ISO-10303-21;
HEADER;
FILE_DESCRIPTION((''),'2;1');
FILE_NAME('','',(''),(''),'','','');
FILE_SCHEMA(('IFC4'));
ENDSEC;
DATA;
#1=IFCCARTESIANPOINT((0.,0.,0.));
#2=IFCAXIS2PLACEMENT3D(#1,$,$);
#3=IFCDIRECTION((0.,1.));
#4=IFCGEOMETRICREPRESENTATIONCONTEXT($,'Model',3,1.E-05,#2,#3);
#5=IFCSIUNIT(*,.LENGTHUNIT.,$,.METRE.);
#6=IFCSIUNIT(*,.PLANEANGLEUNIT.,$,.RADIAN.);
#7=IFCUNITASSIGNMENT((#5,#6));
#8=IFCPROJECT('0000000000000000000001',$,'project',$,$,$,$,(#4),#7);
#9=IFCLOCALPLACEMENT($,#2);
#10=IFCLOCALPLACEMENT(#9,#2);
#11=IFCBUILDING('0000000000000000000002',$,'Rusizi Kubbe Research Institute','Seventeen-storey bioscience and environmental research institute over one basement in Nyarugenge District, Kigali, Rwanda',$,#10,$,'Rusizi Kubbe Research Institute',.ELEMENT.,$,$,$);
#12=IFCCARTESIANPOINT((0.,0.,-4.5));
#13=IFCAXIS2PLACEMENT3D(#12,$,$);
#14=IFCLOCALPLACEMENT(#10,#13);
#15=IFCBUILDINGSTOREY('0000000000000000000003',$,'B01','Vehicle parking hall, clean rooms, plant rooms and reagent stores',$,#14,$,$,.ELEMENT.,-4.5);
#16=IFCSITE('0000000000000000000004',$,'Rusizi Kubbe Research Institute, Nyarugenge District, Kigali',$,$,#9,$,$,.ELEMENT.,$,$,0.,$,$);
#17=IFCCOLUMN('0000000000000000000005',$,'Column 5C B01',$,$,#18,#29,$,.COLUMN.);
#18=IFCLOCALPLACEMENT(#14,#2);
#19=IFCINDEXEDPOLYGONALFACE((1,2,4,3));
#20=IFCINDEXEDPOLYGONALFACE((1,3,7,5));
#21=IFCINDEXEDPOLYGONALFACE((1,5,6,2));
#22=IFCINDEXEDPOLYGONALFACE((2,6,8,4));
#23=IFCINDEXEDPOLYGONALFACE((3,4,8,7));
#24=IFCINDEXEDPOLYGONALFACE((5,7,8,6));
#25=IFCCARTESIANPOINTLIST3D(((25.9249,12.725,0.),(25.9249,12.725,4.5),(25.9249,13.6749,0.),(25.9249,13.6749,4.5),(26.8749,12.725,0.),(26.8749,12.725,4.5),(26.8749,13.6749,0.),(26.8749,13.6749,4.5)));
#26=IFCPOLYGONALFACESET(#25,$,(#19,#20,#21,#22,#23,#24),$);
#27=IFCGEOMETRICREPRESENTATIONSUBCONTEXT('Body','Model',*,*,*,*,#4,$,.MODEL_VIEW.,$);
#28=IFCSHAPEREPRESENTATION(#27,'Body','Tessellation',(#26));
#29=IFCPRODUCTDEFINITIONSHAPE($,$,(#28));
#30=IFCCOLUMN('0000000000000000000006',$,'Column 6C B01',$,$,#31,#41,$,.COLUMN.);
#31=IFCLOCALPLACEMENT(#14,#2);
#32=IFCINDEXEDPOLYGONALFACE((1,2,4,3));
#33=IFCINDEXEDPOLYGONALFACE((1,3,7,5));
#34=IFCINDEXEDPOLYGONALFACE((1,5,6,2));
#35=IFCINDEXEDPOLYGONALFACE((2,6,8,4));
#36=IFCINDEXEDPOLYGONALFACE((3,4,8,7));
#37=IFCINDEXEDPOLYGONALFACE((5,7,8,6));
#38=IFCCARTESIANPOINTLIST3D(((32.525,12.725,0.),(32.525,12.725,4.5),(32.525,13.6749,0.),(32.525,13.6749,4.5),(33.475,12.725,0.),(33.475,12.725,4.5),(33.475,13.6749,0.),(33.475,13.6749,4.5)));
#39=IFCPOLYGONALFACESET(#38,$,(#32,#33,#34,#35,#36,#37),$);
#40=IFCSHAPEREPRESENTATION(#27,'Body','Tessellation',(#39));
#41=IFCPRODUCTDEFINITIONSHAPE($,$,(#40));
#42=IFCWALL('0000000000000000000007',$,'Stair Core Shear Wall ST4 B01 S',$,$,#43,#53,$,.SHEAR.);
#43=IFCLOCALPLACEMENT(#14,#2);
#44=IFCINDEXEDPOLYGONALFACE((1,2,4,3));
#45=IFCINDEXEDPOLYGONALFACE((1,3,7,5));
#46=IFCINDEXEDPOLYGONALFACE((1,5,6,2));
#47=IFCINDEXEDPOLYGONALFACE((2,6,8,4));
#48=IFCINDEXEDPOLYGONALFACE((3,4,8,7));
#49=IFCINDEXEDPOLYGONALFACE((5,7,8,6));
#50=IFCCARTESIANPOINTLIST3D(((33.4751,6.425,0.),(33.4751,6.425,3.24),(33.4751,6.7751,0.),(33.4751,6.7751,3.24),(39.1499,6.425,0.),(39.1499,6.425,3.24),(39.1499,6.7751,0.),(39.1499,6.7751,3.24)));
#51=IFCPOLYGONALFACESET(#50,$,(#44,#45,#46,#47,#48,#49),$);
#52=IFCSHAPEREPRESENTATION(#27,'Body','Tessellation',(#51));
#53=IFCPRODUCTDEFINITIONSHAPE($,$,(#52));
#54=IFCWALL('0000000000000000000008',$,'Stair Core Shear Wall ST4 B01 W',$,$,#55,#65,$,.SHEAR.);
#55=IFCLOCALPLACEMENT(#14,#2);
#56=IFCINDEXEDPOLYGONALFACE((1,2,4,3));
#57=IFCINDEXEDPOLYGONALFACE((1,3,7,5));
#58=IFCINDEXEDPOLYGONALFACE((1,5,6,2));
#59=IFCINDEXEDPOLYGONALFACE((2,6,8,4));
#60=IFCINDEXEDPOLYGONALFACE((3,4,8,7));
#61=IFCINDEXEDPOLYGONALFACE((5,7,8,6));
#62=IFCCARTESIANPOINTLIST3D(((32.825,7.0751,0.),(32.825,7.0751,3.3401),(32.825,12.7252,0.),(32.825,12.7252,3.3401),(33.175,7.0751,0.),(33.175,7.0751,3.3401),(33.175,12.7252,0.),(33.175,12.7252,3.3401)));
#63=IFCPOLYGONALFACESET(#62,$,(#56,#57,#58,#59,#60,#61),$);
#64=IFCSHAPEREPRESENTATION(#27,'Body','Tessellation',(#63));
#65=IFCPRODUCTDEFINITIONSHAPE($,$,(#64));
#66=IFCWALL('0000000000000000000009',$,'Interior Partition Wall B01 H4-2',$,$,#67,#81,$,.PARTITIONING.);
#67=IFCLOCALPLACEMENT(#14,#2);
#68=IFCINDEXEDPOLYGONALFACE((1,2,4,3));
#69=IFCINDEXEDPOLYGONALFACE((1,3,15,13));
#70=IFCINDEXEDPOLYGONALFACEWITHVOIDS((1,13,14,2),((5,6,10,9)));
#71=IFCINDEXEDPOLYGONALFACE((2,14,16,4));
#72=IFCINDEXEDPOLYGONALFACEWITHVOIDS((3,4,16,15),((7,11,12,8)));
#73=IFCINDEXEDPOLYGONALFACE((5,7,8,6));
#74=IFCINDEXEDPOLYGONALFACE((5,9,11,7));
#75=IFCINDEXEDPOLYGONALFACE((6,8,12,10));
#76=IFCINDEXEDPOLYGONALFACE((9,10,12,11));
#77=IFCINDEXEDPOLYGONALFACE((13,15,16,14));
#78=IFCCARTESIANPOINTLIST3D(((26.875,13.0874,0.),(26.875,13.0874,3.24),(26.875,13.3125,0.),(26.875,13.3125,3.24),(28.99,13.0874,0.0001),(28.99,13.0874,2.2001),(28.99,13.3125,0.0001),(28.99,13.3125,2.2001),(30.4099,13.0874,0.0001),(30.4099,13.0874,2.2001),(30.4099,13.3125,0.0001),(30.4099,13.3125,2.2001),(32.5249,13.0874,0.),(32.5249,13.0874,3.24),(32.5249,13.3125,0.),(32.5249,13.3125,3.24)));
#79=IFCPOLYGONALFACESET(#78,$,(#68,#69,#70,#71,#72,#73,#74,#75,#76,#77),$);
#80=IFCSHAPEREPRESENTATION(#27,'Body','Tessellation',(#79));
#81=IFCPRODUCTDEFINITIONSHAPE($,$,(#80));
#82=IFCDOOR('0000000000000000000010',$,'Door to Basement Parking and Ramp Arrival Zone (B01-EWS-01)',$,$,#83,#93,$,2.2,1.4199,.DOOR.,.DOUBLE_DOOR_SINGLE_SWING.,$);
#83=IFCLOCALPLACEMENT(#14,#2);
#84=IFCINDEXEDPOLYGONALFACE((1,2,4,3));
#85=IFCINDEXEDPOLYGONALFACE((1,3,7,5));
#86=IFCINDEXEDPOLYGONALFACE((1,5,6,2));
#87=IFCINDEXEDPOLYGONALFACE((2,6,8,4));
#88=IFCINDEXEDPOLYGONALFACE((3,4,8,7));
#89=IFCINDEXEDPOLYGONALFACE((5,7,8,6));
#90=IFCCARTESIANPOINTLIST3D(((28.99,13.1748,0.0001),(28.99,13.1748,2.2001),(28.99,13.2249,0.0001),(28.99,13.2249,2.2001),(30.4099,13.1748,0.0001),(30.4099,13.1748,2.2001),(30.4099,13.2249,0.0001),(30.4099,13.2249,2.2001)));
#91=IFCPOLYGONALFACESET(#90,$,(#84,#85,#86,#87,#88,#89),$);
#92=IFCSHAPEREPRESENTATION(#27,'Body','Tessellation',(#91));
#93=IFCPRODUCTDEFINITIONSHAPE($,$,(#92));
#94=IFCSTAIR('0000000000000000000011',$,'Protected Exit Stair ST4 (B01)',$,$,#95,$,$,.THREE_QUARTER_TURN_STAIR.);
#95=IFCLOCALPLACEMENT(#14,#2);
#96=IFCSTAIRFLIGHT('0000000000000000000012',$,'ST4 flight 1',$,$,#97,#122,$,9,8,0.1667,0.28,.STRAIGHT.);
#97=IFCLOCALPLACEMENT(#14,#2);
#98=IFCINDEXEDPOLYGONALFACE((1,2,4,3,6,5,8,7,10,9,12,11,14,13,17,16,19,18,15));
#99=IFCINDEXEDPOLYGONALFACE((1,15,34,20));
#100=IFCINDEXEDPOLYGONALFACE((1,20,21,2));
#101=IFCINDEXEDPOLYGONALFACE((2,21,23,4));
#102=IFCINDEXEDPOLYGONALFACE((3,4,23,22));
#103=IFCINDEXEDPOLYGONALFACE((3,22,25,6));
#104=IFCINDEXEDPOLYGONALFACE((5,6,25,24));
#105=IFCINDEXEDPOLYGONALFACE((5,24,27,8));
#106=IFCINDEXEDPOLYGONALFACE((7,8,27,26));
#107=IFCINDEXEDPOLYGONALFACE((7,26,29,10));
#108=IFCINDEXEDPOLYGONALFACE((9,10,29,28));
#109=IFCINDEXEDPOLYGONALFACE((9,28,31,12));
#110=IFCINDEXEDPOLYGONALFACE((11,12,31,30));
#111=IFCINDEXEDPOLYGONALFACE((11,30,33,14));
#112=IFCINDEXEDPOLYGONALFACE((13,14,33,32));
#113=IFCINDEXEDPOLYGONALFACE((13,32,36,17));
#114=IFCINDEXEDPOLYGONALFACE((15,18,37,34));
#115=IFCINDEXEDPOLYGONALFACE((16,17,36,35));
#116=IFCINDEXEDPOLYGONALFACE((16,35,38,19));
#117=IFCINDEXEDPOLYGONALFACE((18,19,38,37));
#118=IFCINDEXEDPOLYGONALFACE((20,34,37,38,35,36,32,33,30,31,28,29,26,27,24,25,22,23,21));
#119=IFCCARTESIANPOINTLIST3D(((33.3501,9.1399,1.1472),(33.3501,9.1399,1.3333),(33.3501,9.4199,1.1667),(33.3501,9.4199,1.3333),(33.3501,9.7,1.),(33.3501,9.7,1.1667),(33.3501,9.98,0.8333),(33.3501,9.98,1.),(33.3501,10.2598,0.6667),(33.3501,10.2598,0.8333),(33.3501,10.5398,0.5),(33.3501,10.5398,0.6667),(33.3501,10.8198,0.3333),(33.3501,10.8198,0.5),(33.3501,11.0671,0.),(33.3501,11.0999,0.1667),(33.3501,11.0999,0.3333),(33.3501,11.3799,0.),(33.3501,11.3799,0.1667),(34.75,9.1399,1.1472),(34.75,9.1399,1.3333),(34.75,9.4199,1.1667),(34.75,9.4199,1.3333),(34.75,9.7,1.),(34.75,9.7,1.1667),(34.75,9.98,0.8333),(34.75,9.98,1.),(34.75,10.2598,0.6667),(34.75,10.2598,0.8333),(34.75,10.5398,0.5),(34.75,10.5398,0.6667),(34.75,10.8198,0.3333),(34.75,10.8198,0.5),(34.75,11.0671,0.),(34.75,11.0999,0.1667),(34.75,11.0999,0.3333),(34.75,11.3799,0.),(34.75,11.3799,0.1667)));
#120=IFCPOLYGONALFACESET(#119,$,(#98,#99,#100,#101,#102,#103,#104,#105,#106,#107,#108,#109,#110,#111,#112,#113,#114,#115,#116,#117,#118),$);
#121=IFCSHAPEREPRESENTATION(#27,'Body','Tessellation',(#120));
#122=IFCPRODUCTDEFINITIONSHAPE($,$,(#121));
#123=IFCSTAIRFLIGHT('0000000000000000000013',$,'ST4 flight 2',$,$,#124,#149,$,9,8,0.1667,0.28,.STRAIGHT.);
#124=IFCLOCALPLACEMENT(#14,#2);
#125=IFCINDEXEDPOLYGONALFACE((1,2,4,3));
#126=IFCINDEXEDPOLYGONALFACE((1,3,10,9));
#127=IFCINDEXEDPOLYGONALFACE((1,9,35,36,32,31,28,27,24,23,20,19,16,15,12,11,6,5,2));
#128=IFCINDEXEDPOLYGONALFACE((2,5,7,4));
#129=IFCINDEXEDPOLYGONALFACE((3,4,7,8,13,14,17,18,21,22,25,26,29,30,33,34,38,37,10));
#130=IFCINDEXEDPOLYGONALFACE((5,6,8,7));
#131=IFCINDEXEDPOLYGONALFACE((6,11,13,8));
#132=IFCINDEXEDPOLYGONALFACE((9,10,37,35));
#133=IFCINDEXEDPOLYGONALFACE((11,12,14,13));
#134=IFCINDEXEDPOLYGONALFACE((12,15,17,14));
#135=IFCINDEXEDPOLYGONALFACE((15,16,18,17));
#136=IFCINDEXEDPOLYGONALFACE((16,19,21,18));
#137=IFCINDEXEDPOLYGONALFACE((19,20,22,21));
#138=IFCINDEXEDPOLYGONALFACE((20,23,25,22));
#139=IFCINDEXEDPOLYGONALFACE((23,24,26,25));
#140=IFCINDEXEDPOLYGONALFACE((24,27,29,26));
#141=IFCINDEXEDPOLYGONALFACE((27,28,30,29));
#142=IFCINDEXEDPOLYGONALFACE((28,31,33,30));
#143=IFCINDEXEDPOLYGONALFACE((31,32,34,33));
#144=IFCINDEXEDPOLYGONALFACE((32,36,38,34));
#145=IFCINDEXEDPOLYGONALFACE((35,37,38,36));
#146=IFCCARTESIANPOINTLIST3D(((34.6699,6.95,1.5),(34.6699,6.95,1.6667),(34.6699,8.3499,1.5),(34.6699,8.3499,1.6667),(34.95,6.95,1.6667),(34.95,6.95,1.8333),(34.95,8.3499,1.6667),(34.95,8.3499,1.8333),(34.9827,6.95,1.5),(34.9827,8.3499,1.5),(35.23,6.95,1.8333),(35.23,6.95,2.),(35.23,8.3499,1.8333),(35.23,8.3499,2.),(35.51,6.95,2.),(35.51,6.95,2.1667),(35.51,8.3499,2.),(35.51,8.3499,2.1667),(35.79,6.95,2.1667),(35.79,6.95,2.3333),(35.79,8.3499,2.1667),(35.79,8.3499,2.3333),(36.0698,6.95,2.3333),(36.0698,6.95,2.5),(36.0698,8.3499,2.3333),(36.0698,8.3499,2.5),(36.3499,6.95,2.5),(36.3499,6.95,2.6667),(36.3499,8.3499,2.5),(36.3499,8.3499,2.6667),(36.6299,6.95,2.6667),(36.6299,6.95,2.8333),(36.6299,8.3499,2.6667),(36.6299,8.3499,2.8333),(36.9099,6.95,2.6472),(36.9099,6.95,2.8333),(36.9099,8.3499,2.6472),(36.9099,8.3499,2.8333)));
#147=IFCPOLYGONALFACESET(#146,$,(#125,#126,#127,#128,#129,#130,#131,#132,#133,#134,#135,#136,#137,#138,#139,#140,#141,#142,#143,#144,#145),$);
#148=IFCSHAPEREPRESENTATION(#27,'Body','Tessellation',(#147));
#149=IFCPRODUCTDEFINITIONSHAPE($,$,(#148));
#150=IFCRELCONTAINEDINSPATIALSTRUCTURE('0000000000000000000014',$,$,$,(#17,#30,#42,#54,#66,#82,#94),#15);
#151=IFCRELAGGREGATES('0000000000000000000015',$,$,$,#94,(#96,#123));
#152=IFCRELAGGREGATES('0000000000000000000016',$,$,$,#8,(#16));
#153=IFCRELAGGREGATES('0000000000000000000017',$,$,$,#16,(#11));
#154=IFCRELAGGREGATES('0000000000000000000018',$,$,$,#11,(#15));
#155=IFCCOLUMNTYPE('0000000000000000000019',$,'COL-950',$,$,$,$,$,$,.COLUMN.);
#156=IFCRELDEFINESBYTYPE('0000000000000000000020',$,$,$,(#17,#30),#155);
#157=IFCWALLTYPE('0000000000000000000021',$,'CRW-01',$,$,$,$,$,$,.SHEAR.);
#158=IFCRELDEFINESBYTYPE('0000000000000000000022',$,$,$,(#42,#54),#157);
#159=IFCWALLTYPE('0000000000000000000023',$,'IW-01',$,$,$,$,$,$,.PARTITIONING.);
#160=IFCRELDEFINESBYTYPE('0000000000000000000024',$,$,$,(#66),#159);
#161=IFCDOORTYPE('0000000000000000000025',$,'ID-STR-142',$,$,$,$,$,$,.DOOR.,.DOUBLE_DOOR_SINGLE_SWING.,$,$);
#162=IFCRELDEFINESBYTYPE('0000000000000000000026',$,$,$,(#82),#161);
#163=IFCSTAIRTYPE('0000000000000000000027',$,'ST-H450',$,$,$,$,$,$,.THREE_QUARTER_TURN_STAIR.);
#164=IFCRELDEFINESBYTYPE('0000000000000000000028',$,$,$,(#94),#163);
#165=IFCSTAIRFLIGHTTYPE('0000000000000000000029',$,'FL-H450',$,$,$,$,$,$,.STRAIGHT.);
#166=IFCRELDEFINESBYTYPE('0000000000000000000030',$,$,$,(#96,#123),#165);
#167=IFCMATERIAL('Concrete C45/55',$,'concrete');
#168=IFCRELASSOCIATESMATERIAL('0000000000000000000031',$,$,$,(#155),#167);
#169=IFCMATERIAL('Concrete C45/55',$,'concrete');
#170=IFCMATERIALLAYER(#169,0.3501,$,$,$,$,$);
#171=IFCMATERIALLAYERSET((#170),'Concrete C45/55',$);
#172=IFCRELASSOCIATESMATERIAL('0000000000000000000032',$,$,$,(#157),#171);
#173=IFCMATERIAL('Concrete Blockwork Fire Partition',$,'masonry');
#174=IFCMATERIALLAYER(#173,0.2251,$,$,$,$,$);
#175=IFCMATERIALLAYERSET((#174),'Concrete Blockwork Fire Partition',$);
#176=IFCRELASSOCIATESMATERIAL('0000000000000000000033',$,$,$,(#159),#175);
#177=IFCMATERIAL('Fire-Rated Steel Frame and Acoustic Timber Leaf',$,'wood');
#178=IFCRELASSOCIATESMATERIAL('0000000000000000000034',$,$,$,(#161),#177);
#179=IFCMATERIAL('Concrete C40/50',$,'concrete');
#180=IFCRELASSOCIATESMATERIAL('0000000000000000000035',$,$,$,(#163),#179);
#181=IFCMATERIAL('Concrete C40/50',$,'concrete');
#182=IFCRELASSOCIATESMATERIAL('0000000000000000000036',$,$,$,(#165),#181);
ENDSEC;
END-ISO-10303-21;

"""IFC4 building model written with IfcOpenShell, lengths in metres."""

from ifc_helpers import new_model, si_unit, direction, frame, frame_2d, origin, origin_2d, place, context, subcontext, project, spatial, polyline, rectangle, outline, extrude, material, layer, layer_set, material_profile, profile_set, type_object, element, fill, aggregate, save


model = new_model("IFC4")

# Units and contexts
model_context = context("Model", 3, precision=1e-05, world=origin(), true_north=direction((0.0, 1.0)))
body_context = subcontext(model_context, "Body", "Model", "MODEL_VIEW")
ifc_project = project(units=[si_unit("LENGTHUNIT", "METRE"), si_unit("PLANEANGLEUNIT", "RADIAN")], contexts=[model_context])

# Site, building, storey
site_placement = place(None, origin())
site = spatial("IfcSite", under=ifc_project, at=site_placement, Name="Rusizi Kubbe Research Institute, Nyarugenge District, Kigali", CompositionType="ELEMENT", RefElevation=0.0)
building_placement = place(site_placement, origin())
building = spatial("IfcBuilding", under=site, at=building_placement, Name="Rusizi Kubbe Research Institute", Description="Seventeen-storey bioscience and environmental research institute over one basement in Nyarugenge District, Kigali, Rwanda", LongName="Rusizi Kubbe Research Institute", CompositionType="ELEMENT")
storey_placement = place(building_placement, frame((0.0, 0.0, -4.5)))
storey = spatial("IfcBuildingStorey", under=building, at=storey_placement, Name="B01", Description="Vehicle parking hall, clean rooms, plant rooms and reagent stores", CompositionType="ELEMENT", Elevation=-4.5)

# Columns
ifc_material_1 = material(Name="Concrete C45/55", Category="concrete")
ifc_material_profile_1 = material_profile(ifc_material_1, rectangle(XDim=0.95, YDim=0.95, at=origin_2d()), Name="RC950x950")
ifc_profile_set_1 = profile_set([ifc_material_profile_1], Name="Concrete C45/55")
column_type = type_object("IfcColumnType", Name="COL-950", PredefinedType="COLUMN", material=ifc_profile_set_1)
for number, where, z_axis, x_axis, name in (
    (1, (26.3999, 13.2, 0.0), (0.0, 0.0, 1.0), (1.0, 0.0, 0.0), "Column 5C B01"),
    (2, (33.0, 13.2, 0.0), (0.0, 0.0, 1.0), (1.0, 0.0, 0.0), "Column 6C B01"),
):
    element("IfcColumn", number, at=place(storey_placement, frame(where, z_axis=z_axis, x_axis=x_axis)), inside=storey, type_object=column_type, Name=name, PredefinedType="COLUMN", context=body_context, shape_type="SweptSolid", body=[
        extrude(rectangle(XDim=0.95, YDim=0.95, at=origin_2d()), origin(), (0.0, 0.0, 1.0), 4.5),
    ])

# Wall
ifc_material_2 = material(Name="Concrete C45/55", Category="concrete")
ifc_layer_1 = layer(ifc_material_2, 0.3501)
ifc_layer_set_1 = layer_set([ifc_layer_1], Name="Concrete C45/55")
wall_type_1 = type_object("IfcWallType", Name="CRW-01", PredefinedType="SHEAR", material=ifc_layer_set_1)
wall_1_placement = place(storey_placement, frame((33.4751, 6.6001, 0.0), z_axis=(0.0, 0.0, 1.0), x_axis=(1.0, 0.0, 0.0)))
element("IfcWall", 3, at=wall_1_placement, inside=storey, type_object=wall_type_1, Name="Stair Core Shear Wall ST4 B01 S", PredefinedType="SHEAR", context=body_context, shape_type="SweptSolid", body=[
    extrude(rectangle(XDim=5.6748, YDim=0.3501, at=frame_2d((2.8374, 0.0))), origin(), (0.0, 0.0, 1.0), 3.24),
])

# Wall
wall_2_placement = place(storey_placement, frame((33.0, 7.075, 0.0), z_axis=(0.0, 0.0, 1.0), x_axis=(0.0, 1.0, 0.0)))
element("IfcWall", 4, at=wall_2_placement, inside=storey, type_object=wall_type_1, Name="Stair Core Shear Wall ST4 B01 W", PredefinedType="SHEAR", context=body_context, shape_type="SweptSolid", body=[
    extrude(rectangle(XDim=5.6501, YDim=0.3501, at=frame_2d((2.8252, 0.0))), origin(), (0.0, 0.0, 1.0), 3.3401),
])

# Wall, opening, door
ifc_material_3 = material(Name="Concrete Blockwork Fire Partition", Category="masonry")
ifc_layer_2 = layer(ifc_material_3, 0.2251)
ifc_layer_set_2 = layer_set([ifc_layer_2], Name="Concrete Blockwork Fire Partition")
wall_type_2 = type_object("IfcWallType", Name="IW-01", PredefinedType="PARTITIONING", material=ifc_layer_set_2)
wall_3_placement = place(storey_placement, frame((26.875, 13.2, 0.0), z_axis=(0.0, 0.0, 1.0), x_axis=(1.0, 0.0, 0.0)))
wall_3 = element("IfcWall", 5, at=wall_3_placement, inside=storey, type_object=wall_type_2, Name="Interior Partition Wall B01 H4-2", PredefinedType="PARTITIONING", context=body_context, shape_type="SweptSolid", body=[
    extrude(rectangle(XDim=5.6499, YDim=0.2251, at=frame_2d((2.825, 0.0))), origin(), (0.0, 0.0, 1.0), 3.24),
])
opening_1_placement = place(wall_3_placement, frame((2.115, 0.0, 0.0)))
opening_1 = element("IfcOpeningElement", 6, at=opening_1_placement, cuts=wall_3, PredefinedType="OPENING", context=body_context, shape_type="SweptSolid", body=[
    extrude(rectangle(XDim=1.4199, YDim=2.2, at=frame_2d((0.71, 1.1001))), frame((0.0, 0.1226, 0.0), z_axis=(0.0, -1.0, 0.0), x_axis=(1.0, 0.0, 0.0)), (0.0, 0.0, 1.0), 0.2451),
])
ifc_material_4 = material(Name="Fire-Rated Steel Frame and Acoustic Timber Leaf", Category="wood")
door_type_1 = type_object("IfcDoorType", Name="ID-STR-142", OperationType="DOUBLE_DOOR_SINGLE_SWING", PredefinedType="DOOR", material=ifc_material_4)
door_1_placement = place(opening_1_placement, origin())
door_1 = element("IfcDoor", 7, at=door_1_placement, inside=storey, type_object=door_type_1, Name="Door to Basement Parking and Ramp Arrival Zone (B01-EWS-01)", OperationType="DOUBLE_DOOR_SINGLE_SWING", OverallHeight=2.2, OverallWidth=1.4199, PredefinedType="DOOR", context=body_context, shape_type="SweptSolid", body=[
    extrude(rectangle(XDim=1.4199, YDim=2.2, at=frame_2d((0.71, 1.1001))), frame((0.0, 0.0249, 0.0), z_axis=(0.0, -1.0, 0.0), x_axis=(1.0, 0.0, 0.0)), (0.0, 0.0, 1.0), 0.05),
])
fill(opening_1, door_1)

# Stair, stair flights
ifc_material_5 = material(Name="Concrete C40/50", Category="concrete")
stair_type = type_object("IfcStairType", Name="ST-H450", PredefinedType="THREE_QUARTER_TURN_STAIR", material=ifc_material_5)
stair_placement = place(storey_placement, origin())
stair = element("IfcStair", 8, at=stair_placement, inside=storey, type_object=stair_type, Name="Protected Exit Stair ST4 (B01)", PredefinedType="THREE_QUARTER_TURN_STAIR")
ifc_material_6 = material(Name="Concrete C40/50", Category="concrete")
stair_flight_type = type_object("IfcStairFlightType", Name="FL-H450", PredefinedType="STRAIGHT", material=ifc_material_6)
stair_flight_1_placement = place(storey_placement, frame((34.05, 11.3799, 0.0), z_axis=(0.0, 0.0, 1.0), x_axis=(0.0, -1.0, 0.0)))
stair_flight_1 = element("IfcStairFlight", 9, at=stair_flight_1_placement, type_object=stair_flight_type, Name="ST4 flight 1", NumberOfRisers=9, NumberOfTreads=8, PredefinedType="STRAIGHT", RiserHeight=0.1667, TreadLength=0.28, context=body_context, shape_type="SweptSolid", body=[
    extrude(outline(polyline([(0.0, 0.0), (0.0, 0.1667), (0.28, 0.1667), (0.28, 0.3333), (0.5601, 0.3333), (0.5601, 0.5), (0.8401, 0.5), (0.8401, 0.6667), (1.1201, 0.6667), (1.1201, 0.8333), (1.3999, 0.8333), (1.3999, 1.0), (1.6799, 1.0), (1.6799, 1.1667), (1.96, 1.1667), (1.96, 1.3333), (2.24, 1.3333), (2.24, 1.5), (2.24, 1.1472), (0.3127, 0.0), (0.0, 0.0)])), frame((0.0, 0.7, 0.0), z_axis=(0.0, -1.0, 0.0), x_axis=(1.0, 0.0, 0.0)), (0.0, 0.0, 1.0), 1.3999),
])
stair_flight_2_placement = place(storey_placement, frame((34.6699, 7.6499, 1.5), z_axis=(0.0, 0.0, 1.0), x_axis=(1.0, 0.0, 0.0)))
stair_flight_2 = element("IfcStairFlight", 10, at=stair_flight_2_placement, type_object=stair_flight_type, Name="ST4 flight 2", NumberOfRisers=9, NumberOfTreads=8, PredefinedType="STRAIGHT", RiserHeight=0.1667, TreadLength=0.28, context=body_context, shape_type="SweptSolid", body=[
    extrude(outline(polyline([(0.0, 0.0), (0.0, 0.1667), (0.28, 0.1667), (0.28, 0.3333), (0.5601, 0.3333), (0.5601, 0.5), (0.8401, 0.5), (0.8401, 0.6667), (1.1201, 0.6667), (1.1201, 0.8333), (1.3999, 0.8333), (1.3999, 1.0), (1.6799, 1.0), (1.6799, 1.1667), (1.96, 1.1667), (1.96, 1.3333), (2.24, 1.3333), (2.24, 1.5), (2.24, 1.1472), (0.3127, 0.0), (0.0, 0.0)])), frame((0.0, 0.7, 0.0), z_axis=(0.0, -1.0, 0.0), x_axis=(1.0, 0.0, 0.0)), (0.0, 0.0, 1.0), 1.3999),
])
aggregate(stair, [stair_flight_1, stair_flight_2])

save(model, "model.ifc")
